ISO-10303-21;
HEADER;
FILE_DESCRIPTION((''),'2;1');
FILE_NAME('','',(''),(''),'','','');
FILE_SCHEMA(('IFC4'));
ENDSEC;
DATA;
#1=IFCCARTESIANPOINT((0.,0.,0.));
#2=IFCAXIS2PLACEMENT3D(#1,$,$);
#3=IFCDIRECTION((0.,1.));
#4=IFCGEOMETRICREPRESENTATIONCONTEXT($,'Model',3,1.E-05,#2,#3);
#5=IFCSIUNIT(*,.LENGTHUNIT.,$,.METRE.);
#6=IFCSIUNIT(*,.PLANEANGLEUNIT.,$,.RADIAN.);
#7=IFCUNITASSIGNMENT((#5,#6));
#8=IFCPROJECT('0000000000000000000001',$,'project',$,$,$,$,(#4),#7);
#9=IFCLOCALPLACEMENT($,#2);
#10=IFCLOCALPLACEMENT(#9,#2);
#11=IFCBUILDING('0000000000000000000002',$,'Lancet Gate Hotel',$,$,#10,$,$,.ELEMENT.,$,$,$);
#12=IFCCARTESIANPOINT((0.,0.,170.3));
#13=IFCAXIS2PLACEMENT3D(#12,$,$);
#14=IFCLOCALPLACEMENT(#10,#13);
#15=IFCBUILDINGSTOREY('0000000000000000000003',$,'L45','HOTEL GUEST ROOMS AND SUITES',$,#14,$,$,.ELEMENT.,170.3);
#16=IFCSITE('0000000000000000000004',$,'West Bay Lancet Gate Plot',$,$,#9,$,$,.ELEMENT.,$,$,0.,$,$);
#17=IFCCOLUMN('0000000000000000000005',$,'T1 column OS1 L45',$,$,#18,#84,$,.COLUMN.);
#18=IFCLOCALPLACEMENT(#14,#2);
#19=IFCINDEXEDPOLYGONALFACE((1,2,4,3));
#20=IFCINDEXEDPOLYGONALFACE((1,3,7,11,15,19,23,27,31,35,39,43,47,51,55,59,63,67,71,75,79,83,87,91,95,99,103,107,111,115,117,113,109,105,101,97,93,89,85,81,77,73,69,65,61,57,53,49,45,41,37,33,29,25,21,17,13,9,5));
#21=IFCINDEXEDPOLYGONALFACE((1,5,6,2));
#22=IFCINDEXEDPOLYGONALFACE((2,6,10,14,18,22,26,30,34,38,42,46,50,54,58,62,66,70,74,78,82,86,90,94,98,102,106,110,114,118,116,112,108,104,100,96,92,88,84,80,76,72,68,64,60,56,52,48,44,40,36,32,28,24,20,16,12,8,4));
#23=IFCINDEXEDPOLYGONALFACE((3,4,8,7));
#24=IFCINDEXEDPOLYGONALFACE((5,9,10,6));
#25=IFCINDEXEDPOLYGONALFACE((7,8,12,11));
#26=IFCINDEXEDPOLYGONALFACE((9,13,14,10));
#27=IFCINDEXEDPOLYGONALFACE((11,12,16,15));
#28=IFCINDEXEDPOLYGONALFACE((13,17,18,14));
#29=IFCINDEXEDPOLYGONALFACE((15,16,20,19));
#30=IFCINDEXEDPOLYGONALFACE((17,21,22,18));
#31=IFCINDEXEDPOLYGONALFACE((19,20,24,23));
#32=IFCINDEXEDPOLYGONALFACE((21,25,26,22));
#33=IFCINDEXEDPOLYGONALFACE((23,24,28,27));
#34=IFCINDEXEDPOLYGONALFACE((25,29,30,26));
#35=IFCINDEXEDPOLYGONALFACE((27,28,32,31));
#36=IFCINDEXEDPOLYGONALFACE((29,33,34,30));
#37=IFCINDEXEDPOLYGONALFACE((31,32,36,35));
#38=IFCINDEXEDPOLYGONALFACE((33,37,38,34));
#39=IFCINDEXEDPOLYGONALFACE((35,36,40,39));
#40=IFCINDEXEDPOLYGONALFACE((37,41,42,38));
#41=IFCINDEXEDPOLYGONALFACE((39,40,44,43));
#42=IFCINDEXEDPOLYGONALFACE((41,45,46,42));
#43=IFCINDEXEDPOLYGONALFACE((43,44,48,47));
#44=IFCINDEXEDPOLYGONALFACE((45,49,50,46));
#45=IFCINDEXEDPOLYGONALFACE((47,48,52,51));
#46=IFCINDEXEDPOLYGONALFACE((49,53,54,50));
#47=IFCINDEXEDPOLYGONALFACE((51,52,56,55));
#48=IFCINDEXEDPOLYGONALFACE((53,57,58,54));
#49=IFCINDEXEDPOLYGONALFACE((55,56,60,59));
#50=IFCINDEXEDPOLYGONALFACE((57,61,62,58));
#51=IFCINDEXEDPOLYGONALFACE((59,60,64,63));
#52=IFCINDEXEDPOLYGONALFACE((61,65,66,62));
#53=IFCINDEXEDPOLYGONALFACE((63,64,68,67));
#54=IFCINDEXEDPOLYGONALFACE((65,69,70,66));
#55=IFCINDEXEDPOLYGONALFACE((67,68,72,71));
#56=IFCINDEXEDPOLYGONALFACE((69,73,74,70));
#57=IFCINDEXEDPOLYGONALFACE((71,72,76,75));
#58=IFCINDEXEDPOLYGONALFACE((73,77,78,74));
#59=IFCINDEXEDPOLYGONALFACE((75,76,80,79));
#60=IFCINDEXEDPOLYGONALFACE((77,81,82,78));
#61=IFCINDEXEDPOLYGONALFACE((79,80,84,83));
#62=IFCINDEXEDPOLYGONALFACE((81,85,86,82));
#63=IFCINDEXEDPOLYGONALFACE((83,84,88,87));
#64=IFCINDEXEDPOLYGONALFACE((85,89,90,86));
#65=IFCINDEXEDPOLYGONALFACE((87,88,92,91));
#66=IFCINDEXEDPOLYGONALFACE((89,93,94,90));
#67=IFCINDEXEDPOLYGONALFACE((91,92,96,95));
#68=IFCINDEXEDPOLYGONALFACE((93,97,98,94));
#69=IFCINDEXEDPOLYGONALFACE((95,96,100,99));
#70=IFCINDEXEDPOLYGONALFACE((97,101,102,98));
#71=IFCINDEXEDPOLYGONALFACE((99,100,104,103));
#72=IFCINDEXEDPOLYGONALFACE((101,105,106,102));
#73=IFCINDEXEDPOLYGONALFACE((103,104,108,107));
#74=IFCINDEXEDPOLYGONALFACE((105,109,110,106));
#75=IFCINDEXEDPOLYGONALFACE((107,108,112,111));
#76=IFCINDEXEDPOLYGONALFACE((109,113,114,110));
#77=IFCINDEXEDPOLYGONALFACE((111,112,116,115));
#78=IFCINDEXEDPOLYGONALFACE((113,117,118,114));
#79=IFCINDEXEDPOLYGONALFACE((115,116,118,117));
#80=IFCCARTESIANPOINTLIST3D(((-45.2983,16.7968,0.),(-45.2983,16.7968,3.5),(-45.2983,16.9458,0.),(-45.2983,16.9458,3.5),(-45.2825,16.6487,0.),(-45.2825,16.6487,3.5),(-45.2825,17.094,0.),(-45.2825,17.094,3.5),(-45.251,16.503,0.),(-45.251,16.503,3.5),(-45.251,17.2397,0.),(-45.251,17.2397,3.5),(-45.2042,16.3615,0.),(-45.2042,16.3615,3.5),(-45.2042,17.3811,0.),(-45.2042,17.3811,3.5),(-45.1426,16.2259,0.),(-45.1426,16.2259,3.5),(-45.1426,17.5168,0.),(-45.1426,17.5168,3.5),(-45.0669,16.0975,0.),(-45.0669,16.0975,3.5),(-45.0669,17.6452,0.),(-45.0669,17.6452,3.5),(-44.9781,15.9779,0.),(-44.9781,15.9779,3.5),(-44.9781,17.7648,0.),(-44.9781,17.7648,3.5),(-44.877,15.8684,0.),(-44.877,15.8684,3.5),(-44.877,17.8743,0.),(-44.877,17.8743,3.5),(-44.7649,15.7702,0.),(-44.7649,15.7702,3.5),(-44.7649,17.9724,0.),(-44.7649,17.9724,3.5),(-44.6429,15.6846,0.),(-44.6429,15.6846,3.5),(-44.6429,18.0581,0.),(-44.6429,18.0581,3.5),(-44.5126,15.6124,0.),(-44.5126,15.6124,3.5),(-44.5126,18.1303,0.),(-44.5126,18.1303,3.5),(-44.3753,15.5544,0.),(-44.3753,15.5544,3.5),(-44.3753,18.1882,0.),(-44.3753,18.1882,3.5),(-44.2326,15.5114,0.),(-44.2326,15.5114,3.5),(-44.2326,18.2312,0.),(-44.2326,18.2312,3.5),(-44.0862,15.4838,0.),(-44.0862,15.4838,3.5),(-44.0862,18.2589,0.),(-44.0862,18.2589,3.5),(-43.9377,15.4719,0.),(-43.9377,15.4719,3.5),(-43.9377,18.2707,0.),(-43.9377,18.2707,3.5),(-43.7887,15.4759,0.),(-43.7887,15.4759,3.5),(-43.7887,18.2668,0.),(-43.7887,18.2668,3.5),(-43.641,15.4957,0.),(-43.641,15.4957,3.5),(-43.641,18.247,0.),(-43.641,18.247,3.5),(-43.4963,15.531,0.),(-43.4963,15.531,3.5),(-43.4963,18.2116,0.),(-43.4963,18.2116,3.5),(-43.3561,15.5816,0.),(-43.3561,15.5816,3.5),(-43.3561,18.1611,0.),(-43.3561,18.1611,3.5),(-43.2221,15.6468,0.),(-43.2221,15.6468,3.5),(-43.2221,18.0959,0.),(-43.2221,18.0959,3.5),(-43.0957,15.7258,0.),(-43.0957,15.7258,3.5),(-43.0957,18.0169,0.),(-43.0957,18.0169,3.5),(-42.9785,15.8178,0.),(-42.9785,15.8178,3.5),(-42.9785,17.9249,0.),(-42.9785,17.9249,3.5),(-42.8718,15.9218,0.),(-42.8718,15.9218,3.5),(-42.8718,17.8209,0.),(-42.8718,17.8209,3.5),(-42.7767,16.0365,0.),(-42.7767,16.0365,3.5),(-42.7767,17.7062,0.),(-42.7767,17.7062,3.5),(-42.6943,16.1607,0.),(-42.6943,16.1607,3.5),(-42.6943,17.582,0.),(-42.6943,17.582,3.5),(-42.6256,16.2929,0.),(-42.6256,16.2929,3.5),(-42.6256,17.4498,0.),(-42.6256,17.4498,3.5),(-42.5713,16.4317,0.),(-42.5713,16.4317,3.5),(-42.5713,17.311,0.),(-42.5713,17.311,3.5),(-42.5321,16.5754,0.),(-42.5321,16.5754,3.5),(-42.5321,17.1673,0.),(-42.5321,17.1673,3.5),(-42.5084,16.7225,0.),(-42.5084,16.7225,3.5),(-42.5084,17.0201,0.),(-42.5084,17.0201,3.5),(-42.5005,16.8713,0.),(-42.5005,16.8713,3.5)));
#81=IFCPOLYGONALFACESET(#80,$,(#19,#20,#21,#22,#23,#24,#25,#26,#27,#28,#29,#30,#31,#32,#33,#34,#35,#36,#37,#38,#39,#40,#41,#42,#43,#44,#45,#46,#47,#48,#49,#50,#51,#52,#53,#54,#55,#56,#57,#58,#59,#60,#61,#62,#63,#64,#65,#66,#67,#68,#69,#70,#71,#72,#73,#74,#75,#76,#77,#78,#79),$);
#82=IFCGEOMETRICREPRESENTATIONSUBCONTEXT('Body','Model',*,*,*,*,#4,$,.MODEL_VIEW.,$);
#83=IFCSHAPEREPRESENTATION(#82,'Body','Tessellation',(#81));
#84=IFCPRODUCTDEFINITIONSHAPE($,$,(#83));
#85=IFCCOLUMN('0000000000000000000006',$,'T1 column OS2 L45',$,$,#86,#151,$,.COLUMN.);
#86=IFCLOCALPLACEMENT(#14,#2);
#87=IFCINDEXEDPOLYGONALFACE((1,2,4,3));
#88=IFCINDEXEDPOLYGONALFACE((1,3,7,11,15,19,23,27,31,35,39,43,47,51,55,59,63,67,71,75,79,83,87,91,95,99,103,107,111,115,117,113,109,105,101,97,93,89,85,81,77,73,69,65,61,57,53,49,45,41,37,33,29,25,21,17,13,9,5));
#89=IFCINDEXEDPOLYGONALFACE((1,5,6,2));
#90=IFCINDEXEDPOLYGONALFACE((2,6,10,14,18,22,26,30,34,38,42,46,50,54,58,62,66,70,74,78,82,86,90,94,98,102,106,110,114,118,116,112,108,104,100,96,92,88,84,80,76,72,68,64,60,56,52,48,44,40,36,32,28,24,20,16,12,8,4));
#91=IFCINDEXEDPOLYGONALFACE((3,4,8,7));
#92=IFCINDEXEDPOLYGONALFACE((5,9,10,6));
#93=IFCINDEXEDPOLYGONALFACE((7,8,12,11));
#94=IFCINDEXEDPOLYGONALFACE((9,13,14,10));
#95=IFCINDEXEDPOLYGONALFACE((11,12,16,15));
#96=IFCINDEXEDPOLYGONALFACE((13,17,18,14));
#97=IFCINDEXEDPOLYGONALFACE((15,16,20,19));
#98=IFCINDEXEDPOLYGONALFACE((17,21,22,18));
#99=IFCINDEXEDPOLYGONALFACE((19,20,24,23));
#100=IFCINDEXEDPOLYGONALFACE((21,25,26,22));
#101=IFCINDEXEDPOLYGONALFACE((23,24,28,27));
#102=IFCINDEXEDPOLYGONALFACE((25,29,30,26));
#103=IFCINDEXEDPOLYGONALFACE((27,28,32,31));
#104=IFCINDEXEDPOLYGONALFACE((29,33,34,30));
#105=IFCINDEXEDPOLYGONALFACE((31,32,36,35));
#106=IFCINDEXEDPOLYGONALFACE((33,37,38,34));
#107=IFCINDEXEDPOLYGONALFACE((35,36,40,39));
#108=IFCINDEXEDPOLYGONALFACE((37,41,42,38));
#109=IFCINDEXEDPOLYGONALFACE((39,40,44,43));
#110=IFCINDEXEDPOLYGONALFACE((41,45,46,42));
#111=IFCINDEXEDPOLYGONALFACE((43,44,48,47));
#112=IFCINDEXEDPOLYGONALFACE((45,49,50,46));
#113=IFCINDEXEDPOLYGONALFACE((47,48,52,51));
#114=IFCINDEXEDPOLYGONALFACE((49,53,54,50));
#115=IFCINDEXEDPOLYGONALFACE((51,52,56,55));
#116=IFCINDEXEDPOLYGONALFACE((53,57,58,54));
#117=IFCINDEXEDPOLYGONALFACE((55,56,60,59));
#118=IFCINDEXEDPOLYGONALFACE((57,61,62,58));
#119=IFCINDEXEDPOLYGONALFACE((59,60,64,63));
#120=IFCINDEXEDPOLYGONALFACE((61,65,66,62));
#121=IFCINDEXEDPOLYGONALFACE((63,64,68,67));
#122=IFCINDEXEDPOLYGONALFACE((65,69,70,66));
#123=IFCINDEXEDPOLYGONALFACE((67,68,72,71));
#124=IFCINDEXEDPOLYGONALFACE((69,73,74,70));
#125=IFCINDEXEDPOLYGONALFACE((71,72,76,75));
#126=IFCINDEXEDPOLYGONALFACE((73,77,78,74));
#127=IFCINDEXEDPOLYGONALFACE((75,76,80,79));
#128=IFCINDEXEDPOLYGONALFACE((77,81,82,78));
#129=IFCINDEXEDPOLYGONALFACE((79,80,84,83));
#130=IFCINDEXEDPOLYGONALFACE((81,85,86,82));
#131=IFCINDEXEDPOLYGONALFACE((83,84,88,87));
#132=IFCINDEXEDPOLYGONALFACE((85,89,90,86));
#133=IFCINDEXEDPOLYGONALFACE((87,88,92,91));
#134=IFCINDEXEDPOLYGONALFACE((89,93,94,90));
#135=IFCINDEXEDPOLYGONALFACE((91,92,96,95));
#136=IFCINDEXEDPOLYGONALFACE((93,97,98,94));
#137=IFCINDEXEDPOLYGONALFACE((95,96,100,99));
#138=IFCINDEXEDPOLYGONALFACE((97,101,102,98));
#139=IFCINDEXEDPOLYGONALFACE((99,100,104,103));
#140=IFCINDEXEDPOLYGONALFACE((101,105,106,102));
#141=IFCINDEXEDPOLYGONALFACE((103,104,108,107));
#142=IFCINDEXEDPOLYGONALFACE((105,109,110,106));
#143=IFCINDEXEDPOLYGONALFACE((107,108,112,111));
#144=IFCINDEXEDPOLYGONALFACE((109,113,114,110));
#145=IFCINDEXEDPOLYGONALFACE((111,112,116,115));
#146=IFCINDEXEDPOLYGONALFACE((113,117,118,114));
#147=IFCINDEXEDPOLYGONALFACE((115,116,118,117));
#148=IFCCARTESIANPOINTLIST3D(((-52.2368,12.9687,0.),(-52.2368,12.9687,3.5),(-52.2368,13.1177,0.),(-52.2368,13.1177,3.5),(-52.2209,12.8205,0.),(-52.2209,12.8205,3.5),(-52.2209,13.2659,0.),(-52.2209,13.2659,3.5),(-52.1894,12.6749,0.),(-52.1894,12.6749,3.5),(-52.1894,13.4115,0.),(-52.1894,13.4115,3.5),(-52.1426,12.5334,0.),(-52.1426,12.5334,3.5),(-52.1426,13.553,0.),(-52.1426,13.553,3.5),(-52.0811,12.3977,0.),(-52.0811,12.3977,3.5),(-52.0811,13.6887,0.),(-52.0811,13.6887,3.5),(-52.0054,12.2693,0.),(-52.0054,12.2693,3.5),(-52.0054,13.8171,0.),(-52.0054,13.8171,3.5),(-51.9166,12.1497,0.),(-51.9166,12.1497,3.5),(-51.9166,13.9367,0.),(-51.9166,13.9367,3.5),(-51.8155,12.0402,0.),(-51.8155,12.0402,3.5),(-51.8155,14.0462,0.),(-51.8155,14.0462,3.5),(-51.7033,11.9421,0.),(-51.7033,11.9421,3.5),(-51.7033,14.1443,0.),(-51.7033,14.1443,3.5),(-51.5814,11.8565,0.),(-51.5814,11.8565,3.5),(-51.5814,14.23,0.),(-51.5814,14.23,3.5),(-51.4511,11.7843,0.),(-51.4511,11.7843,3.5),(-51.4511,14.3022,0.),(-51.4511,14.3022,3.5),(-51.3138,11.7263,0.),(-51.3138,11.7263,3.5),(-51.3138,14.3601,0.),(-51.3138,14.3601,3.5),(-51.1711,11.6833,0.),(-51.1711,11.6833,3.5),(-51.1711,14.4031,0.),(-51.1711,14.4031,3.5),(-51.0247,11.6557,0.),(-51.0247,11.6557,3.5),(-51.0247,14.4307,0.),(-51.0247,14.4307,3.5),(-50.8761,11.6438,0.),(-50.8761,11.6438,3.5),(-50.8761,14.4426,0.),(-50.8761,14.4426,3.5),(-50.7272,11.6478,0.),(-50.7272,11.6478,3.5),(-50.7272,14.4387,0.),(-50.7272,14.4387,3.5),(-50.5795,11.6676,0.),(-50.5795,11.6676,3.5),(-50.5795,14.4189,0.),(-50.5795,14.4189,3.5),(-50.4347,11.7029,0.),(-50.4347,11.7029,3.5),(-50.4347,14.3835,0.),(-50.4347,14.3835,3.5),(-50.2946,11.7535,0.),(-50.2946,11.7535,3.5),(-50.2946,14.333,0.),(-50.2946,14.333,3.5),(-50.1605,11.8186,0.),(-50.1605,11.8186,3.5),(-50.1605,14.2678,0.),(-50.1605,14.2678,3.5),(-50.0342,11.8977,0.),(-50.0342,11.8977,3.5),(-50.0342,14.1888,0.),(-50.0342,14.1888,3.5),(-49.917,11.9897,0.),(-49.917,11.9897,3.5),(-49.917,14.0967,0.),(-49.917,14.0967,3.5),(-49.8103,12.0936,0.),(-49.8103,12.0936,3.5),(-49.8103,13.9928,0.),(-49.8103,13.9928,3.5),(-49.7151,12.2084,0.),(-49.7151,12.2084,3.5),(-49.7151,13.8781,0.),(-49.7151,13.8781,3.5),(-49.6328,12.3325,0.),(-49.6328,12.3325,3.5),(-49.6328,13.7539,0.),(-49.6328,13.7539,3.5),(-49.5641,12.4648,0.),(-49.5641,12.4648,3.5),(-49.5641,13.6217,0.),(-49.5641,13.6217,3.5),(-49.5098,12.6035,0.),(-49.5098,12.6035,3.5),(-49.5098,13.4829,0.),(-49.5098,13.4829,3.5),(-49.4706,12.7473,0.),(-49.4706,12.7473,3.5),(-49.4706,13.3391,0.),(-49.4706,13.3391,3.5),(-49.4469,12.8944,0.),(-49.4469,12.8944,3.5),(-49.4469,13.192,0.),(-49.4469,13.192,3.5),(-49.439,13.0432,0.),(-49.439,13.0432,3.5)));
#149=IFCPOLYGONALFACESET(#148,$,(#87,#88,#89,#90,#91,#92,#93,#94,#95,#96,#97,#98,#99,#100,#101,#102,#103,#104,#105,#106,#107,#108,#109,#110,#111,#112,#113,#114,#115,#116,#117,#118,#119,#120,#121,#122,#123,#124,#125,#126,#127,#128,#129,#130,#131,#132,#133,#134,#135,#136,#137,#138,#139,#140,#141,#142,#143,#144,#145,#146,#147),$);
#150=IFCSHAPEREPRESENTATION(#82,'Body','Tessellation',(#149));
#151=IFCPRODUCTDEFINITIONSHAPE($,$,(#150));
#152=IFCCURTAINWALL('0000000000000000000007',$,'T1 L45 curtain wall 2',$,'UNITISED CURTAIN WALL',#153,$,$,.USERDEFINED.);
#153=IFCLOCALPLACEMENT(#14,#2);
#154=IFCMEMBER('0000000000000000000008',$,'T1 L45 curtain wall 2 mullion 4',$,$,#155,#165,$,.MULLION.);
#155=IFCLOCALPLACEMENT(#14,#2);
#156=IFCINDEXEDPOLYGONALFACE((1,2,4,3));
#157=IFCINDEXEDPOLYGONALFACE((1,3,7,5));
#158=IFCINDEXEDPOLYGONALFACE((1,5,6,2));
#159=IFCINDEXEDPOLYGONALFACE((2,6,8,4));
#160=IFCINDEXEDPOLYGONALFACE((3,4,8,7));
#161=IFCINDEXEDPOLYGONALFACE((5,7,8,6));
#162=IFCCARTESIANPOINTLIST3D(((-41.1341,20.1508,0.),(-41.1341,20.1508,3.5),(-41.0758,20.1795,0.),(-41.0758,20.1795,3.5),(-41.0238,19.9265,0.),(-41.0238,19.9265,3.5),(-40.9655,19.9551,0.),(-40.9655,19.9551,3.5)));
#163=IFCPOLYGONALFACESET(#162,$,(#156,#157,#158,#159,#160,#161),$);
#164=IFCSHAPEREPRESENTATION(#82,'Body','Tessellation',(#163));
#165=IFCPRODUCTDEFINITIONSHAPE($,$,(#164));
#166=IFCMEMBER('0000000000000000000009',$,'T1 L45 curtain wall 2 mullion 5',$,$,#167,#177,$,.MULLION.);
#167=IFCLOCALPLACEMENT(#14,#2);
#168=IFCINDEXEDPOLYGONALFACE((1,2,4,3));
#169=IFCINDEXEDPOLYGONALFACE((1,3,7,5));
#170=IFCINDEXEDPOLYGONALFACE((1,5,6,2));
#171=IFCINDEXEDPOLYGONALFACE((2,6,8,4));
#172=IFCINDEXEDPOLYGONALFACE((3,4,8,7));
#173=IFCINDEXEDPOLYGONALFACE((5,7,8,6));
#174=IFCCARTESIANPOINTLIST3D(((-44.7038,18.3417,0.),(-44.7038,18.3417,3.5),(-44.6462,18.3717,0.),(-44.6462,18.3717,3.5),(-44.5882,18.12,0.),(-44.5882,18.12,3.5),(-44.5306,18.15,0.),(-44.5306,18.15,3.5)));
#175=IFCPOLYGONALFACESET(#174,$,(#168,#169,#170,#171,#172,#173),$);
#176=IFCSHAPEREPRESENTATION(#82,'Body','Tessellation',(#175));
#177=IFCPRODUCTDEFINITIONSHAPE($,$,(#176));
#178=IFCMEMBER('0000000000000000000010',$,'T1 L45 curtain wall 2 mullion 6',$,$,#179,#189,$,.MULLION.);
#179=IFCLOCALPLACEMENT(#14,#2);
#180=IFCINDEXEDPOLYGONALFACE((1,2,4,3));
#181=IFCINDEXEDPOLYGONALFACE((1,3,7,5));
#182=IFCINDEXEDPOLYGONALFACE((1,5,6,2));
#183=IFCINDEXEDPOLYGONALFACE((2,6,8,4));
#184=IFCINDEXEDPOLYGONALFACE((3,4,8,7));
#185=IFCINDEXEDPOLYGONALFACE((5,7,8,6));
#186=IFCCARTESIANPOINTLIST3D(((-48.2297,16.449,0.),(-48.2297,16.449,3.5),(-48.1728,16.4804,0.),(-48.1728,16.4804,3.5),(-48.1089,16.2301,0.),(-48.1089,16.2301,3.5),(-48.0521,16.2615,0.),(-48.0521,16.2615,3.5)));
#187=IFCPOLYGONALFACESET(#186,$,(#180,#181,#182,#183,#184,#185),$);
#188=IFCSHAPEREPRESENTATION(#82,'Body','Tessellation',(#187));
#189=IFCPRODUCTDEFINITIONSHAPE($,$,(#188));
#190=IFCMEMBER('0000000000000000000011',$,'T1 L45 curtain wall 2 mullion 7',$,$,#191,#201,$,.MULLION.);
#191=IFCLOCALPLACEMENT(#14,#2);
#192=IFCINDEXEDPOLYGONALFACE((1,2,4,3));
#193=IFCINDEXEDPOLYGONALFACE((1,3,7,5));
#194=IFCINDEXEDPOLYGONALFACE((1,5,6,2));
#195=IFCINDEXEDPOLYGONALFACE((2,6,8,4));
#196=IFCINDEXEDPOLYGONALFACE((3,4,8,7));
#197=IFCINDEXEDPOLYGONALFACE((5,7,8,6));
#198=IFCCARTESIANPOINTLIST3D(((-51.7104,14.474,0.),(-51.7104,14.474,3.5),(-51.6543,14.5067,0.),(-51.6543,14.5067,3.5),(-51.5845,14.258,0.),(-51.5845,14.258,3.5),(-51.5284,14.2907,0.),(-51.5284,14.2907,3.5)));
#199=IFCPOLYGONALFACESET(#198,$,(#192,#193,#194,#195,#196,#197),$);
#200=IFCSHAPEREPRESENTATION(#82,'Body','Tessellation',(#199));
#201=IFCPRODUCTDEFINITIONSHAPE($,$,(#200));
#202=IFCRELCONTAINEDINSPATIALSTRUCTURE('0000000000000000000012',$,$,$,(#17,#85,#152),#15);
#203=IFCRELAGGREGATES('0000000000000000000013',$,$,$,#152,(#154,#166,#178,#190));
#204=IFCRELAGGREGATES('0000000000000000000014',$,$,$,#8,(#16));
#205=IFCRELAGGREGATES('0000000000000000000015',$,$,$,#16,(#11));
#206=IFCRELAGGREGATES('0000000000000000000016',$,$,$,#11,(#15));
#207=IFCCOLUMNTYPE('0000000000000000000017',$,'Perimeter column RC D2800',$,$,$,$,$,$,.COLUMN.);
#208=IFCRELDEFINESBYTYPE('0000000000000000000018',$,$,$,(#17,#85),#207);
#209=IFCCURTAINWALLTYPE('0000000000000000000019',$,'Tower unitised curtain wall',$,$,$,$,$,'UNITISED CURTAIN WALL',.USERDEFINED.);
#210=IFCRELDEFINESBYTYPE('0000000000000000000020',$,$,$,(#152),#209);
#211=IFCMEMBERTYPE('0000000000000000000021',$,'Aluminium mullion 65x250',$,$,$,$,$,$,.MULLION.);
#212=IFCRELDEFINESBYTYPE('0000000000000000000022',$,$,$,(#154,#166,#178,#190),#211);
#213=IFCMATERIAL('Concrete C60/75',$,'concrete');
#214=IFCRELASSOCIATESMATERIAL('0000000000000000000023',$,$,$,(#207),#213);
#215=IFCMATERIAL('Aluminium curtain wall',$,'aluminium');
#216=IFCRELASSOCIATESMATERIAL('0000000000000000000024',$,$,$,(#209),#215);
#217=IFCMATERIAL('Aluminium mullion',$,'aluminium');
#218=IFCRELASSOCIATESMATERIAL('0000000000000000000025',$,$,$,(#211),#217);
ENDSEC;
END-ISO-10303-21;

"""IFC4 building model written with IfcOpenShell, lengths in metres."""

from ifc_helpers import new_model, si_unit, direction, frame, origin, origin_2d, place, context, subcontext, project, spatial, rectangle, circle, extrude, material, material_profile, profile_set, type_object, element, aggregate, save


model = new_model("IFC4")

# Units and contexts
model_context = context("Model", 3, precision=1e-05, world=origin(), true_north=direction((0.0, 1.0)))
body_context = subcontext(model_context, "Body", "Model", "MODEL_VIEW")
ifc_project = project(units=[si_unit("LENGTHUNIT", "METRE"), si_unit("PLANEANGLEUNIT", "RADIAN")], contexts=[model_context])

# Site, building, storey
site_placement = place(None, origin())
site = spatial("IfcSite", under=ifc_project, at=site_placement, Name="West Bay Lancet Gate Plot", CompositionType="ELEMENT", RefElevation=0.0)
building_placement = place(site_placement, origin())
building = spatial("IfcBuilding", under=site, at=building_placement, Name="Lancet Gate Hotel", CompositionType="ELEMENT")
storey_placement = place(building_placement, frame((0.0, 0.0, 170.3)))
storey = spatial("IfcBuildingStorey", under=building, at=storey_placement, Name="L45", Description="HOTEL GUEST ROOMS AND SUITES", CompositionType="ELEMENT", Elevation=170.3)

# Columns
ifc_material_1 = material(Name="Concrete C60/75", Category="concrete")
ifc_material_profile_1 = material_profile(ifc_material_1, circle(Radius=1.3999, at=origin_2d()), Name="RC D2800")
ifc_profile_set_1 = profile_set([ifc_material_profile_1], Name="Concrete C60/75")
column_type = type_object("IfcColumnType", Name="Perimeter column RC D2800", PredefinedType="COLUMN", material=ifc_profile_set_1)
for number, where, z_axis, x_axis, name in (
    (1, (-43.9004, 16.8713, 0.0), (0.0, 0.0, 1.0), (1.0, 0.0, 0.0), "T1 column OS1 L45"),
    (2, (-50.8389, 13.0432, 0.0), (0.0, 0.0, 1.0), (1.0, 0.0, 0.0), "T1 column OS2 L45"),
):
    element("IfcColumn", number, at=place(storey_placement, frame(where, z_axis=z_axis, x_axis=x_axis)), inside=storey, type_object=column_type, Name=name, PredefinedType="COLUMN", context=body_context, shape_type="SweptSolid", body=[
        extrude(circle(Radius=1.3999, at=origin_2d()), origin(), (0.0, 0.0, 1.0), 3.5),
    ])

# Curtain wall, members
ifc_material_2 = material(Name="Aluminium curtain wall", Category="aluminium")
curtain_wall_type = type_object("IfcCurtainWallType", Name="Tower unitised curtain wall", ElementType="UNITISED CURTAIN WALL", PredefinedType="USERDEFINED", material=ifc_material_2)
curtain_wall_placement = place(storey_placement, origin())
curtain_wall = element("IfcCurtainWall", 3, at=curtain_wall_placement, inside=storey, type_object=curtain_wall_type, Name="T1 L45 curtain wall 2", ObjectType="UNITISED CURTAIN WALL", PredefinedType="USERDEFINED")
ifc_material_3 = material(Name="Aluminium mullion", Category="aluminium")
ifc_material_profile_2 = material_profile(ifc_material_3, rectangle(XDim=0.0649, YDim=0.25, at=origin_2d()), Name="MULLION 65x250")
ifc_profile_set_2 = profile_set([ifc_material_profile_2], Name="Aluminium mullion")
member_type_1 = type_object("IfcMemberType", Name="Aluminium mullion 65x250", PredefinedType="MULLION", material=ifc_profile_set_2)
member_1_placement = place(storey_placement, frame((-41.0498, 20.053, 0.0), z_axis=(0.0, 0.0, 1.0), x_axis=(-0.897324, -0.441372, 0.0)))
member_1 = element("IfcMember", 4, at=member_1_placement, type_object=member_type_1, Name="T1 L45 curtain wall 2 mullion 4", PredefinedType="MULLION", context=body_context, shape_type="SweptSolid", body=[
    extrude(rectangle(XDim=0.0649, YDim=0.25, at=origin_2d()), origin(), (0.0, 0.0, 1.0), 3.5),
])
member_2_placement = place(storey_placement, frame((-44.6172, 18.2458, 0.0), z_axis=(0.0, 0.0, 1.0), x_axis=(-0.886694, -0.462356, 0.0)))
member_2 = element("IfcMember", 5, at=member_2_placement, type_object=member_type_1, Name="T1 L45 curtain wall 2 mullion 5", PredefinedType="MULLION", context=body_context, shape_type="SweptSolid", body=[
    extrude(rectangle(XDim=0.0649, YDim=0.25, at=origin_2d()), origin(), (0.0, 0.0, 1.0), 3.5),
])
member_3_placement = place(storey_placement, frame((-48.1409, 16.3552, 0.0), z_axis=(0.0, 0.0, 1.0), x_axis=(-0.875574, -0.483084, 0.0)))
member_3 = element("IfcMember", 6, at=member_3_placement, type_object=member_type_1, Name="T1 L45 curtain wall 2 mullion 6", PredefinedType="MULLION", context=body_context, shape_type="SweptSolid", body=[
    extrude(rectangle(XDim=0.0649, YDim=0.25, at=origin_2d()), origin(), (0.0, 0.0, 1.0), 3.5),
])
member_4_placement = place(storey_placement, frame((-51.6194, 14.3823, 0.0), z_axis=(0.0, 0.0, 1.0), x_axis=(-0.863969, -0.503545, 0.0)))
member_4 = element("IfcMember", 7, at=member_4_placement, type_object=member_type_1, Name="T1 L45 curtain wall 2 mullion 7", PredefinedType="MULLION", context=body_context, shape_type="SweptSolid", body=[
    extrude(rectangle(XDim=0.0649, YDim=0.25, at=origin_2d()), origin(), (0.0, 0.0, 1.0), 3.5),
])

aggregate(curtain_wall, [member_1, member_2, member_3, member_4])

save(model, "model.ifc")
